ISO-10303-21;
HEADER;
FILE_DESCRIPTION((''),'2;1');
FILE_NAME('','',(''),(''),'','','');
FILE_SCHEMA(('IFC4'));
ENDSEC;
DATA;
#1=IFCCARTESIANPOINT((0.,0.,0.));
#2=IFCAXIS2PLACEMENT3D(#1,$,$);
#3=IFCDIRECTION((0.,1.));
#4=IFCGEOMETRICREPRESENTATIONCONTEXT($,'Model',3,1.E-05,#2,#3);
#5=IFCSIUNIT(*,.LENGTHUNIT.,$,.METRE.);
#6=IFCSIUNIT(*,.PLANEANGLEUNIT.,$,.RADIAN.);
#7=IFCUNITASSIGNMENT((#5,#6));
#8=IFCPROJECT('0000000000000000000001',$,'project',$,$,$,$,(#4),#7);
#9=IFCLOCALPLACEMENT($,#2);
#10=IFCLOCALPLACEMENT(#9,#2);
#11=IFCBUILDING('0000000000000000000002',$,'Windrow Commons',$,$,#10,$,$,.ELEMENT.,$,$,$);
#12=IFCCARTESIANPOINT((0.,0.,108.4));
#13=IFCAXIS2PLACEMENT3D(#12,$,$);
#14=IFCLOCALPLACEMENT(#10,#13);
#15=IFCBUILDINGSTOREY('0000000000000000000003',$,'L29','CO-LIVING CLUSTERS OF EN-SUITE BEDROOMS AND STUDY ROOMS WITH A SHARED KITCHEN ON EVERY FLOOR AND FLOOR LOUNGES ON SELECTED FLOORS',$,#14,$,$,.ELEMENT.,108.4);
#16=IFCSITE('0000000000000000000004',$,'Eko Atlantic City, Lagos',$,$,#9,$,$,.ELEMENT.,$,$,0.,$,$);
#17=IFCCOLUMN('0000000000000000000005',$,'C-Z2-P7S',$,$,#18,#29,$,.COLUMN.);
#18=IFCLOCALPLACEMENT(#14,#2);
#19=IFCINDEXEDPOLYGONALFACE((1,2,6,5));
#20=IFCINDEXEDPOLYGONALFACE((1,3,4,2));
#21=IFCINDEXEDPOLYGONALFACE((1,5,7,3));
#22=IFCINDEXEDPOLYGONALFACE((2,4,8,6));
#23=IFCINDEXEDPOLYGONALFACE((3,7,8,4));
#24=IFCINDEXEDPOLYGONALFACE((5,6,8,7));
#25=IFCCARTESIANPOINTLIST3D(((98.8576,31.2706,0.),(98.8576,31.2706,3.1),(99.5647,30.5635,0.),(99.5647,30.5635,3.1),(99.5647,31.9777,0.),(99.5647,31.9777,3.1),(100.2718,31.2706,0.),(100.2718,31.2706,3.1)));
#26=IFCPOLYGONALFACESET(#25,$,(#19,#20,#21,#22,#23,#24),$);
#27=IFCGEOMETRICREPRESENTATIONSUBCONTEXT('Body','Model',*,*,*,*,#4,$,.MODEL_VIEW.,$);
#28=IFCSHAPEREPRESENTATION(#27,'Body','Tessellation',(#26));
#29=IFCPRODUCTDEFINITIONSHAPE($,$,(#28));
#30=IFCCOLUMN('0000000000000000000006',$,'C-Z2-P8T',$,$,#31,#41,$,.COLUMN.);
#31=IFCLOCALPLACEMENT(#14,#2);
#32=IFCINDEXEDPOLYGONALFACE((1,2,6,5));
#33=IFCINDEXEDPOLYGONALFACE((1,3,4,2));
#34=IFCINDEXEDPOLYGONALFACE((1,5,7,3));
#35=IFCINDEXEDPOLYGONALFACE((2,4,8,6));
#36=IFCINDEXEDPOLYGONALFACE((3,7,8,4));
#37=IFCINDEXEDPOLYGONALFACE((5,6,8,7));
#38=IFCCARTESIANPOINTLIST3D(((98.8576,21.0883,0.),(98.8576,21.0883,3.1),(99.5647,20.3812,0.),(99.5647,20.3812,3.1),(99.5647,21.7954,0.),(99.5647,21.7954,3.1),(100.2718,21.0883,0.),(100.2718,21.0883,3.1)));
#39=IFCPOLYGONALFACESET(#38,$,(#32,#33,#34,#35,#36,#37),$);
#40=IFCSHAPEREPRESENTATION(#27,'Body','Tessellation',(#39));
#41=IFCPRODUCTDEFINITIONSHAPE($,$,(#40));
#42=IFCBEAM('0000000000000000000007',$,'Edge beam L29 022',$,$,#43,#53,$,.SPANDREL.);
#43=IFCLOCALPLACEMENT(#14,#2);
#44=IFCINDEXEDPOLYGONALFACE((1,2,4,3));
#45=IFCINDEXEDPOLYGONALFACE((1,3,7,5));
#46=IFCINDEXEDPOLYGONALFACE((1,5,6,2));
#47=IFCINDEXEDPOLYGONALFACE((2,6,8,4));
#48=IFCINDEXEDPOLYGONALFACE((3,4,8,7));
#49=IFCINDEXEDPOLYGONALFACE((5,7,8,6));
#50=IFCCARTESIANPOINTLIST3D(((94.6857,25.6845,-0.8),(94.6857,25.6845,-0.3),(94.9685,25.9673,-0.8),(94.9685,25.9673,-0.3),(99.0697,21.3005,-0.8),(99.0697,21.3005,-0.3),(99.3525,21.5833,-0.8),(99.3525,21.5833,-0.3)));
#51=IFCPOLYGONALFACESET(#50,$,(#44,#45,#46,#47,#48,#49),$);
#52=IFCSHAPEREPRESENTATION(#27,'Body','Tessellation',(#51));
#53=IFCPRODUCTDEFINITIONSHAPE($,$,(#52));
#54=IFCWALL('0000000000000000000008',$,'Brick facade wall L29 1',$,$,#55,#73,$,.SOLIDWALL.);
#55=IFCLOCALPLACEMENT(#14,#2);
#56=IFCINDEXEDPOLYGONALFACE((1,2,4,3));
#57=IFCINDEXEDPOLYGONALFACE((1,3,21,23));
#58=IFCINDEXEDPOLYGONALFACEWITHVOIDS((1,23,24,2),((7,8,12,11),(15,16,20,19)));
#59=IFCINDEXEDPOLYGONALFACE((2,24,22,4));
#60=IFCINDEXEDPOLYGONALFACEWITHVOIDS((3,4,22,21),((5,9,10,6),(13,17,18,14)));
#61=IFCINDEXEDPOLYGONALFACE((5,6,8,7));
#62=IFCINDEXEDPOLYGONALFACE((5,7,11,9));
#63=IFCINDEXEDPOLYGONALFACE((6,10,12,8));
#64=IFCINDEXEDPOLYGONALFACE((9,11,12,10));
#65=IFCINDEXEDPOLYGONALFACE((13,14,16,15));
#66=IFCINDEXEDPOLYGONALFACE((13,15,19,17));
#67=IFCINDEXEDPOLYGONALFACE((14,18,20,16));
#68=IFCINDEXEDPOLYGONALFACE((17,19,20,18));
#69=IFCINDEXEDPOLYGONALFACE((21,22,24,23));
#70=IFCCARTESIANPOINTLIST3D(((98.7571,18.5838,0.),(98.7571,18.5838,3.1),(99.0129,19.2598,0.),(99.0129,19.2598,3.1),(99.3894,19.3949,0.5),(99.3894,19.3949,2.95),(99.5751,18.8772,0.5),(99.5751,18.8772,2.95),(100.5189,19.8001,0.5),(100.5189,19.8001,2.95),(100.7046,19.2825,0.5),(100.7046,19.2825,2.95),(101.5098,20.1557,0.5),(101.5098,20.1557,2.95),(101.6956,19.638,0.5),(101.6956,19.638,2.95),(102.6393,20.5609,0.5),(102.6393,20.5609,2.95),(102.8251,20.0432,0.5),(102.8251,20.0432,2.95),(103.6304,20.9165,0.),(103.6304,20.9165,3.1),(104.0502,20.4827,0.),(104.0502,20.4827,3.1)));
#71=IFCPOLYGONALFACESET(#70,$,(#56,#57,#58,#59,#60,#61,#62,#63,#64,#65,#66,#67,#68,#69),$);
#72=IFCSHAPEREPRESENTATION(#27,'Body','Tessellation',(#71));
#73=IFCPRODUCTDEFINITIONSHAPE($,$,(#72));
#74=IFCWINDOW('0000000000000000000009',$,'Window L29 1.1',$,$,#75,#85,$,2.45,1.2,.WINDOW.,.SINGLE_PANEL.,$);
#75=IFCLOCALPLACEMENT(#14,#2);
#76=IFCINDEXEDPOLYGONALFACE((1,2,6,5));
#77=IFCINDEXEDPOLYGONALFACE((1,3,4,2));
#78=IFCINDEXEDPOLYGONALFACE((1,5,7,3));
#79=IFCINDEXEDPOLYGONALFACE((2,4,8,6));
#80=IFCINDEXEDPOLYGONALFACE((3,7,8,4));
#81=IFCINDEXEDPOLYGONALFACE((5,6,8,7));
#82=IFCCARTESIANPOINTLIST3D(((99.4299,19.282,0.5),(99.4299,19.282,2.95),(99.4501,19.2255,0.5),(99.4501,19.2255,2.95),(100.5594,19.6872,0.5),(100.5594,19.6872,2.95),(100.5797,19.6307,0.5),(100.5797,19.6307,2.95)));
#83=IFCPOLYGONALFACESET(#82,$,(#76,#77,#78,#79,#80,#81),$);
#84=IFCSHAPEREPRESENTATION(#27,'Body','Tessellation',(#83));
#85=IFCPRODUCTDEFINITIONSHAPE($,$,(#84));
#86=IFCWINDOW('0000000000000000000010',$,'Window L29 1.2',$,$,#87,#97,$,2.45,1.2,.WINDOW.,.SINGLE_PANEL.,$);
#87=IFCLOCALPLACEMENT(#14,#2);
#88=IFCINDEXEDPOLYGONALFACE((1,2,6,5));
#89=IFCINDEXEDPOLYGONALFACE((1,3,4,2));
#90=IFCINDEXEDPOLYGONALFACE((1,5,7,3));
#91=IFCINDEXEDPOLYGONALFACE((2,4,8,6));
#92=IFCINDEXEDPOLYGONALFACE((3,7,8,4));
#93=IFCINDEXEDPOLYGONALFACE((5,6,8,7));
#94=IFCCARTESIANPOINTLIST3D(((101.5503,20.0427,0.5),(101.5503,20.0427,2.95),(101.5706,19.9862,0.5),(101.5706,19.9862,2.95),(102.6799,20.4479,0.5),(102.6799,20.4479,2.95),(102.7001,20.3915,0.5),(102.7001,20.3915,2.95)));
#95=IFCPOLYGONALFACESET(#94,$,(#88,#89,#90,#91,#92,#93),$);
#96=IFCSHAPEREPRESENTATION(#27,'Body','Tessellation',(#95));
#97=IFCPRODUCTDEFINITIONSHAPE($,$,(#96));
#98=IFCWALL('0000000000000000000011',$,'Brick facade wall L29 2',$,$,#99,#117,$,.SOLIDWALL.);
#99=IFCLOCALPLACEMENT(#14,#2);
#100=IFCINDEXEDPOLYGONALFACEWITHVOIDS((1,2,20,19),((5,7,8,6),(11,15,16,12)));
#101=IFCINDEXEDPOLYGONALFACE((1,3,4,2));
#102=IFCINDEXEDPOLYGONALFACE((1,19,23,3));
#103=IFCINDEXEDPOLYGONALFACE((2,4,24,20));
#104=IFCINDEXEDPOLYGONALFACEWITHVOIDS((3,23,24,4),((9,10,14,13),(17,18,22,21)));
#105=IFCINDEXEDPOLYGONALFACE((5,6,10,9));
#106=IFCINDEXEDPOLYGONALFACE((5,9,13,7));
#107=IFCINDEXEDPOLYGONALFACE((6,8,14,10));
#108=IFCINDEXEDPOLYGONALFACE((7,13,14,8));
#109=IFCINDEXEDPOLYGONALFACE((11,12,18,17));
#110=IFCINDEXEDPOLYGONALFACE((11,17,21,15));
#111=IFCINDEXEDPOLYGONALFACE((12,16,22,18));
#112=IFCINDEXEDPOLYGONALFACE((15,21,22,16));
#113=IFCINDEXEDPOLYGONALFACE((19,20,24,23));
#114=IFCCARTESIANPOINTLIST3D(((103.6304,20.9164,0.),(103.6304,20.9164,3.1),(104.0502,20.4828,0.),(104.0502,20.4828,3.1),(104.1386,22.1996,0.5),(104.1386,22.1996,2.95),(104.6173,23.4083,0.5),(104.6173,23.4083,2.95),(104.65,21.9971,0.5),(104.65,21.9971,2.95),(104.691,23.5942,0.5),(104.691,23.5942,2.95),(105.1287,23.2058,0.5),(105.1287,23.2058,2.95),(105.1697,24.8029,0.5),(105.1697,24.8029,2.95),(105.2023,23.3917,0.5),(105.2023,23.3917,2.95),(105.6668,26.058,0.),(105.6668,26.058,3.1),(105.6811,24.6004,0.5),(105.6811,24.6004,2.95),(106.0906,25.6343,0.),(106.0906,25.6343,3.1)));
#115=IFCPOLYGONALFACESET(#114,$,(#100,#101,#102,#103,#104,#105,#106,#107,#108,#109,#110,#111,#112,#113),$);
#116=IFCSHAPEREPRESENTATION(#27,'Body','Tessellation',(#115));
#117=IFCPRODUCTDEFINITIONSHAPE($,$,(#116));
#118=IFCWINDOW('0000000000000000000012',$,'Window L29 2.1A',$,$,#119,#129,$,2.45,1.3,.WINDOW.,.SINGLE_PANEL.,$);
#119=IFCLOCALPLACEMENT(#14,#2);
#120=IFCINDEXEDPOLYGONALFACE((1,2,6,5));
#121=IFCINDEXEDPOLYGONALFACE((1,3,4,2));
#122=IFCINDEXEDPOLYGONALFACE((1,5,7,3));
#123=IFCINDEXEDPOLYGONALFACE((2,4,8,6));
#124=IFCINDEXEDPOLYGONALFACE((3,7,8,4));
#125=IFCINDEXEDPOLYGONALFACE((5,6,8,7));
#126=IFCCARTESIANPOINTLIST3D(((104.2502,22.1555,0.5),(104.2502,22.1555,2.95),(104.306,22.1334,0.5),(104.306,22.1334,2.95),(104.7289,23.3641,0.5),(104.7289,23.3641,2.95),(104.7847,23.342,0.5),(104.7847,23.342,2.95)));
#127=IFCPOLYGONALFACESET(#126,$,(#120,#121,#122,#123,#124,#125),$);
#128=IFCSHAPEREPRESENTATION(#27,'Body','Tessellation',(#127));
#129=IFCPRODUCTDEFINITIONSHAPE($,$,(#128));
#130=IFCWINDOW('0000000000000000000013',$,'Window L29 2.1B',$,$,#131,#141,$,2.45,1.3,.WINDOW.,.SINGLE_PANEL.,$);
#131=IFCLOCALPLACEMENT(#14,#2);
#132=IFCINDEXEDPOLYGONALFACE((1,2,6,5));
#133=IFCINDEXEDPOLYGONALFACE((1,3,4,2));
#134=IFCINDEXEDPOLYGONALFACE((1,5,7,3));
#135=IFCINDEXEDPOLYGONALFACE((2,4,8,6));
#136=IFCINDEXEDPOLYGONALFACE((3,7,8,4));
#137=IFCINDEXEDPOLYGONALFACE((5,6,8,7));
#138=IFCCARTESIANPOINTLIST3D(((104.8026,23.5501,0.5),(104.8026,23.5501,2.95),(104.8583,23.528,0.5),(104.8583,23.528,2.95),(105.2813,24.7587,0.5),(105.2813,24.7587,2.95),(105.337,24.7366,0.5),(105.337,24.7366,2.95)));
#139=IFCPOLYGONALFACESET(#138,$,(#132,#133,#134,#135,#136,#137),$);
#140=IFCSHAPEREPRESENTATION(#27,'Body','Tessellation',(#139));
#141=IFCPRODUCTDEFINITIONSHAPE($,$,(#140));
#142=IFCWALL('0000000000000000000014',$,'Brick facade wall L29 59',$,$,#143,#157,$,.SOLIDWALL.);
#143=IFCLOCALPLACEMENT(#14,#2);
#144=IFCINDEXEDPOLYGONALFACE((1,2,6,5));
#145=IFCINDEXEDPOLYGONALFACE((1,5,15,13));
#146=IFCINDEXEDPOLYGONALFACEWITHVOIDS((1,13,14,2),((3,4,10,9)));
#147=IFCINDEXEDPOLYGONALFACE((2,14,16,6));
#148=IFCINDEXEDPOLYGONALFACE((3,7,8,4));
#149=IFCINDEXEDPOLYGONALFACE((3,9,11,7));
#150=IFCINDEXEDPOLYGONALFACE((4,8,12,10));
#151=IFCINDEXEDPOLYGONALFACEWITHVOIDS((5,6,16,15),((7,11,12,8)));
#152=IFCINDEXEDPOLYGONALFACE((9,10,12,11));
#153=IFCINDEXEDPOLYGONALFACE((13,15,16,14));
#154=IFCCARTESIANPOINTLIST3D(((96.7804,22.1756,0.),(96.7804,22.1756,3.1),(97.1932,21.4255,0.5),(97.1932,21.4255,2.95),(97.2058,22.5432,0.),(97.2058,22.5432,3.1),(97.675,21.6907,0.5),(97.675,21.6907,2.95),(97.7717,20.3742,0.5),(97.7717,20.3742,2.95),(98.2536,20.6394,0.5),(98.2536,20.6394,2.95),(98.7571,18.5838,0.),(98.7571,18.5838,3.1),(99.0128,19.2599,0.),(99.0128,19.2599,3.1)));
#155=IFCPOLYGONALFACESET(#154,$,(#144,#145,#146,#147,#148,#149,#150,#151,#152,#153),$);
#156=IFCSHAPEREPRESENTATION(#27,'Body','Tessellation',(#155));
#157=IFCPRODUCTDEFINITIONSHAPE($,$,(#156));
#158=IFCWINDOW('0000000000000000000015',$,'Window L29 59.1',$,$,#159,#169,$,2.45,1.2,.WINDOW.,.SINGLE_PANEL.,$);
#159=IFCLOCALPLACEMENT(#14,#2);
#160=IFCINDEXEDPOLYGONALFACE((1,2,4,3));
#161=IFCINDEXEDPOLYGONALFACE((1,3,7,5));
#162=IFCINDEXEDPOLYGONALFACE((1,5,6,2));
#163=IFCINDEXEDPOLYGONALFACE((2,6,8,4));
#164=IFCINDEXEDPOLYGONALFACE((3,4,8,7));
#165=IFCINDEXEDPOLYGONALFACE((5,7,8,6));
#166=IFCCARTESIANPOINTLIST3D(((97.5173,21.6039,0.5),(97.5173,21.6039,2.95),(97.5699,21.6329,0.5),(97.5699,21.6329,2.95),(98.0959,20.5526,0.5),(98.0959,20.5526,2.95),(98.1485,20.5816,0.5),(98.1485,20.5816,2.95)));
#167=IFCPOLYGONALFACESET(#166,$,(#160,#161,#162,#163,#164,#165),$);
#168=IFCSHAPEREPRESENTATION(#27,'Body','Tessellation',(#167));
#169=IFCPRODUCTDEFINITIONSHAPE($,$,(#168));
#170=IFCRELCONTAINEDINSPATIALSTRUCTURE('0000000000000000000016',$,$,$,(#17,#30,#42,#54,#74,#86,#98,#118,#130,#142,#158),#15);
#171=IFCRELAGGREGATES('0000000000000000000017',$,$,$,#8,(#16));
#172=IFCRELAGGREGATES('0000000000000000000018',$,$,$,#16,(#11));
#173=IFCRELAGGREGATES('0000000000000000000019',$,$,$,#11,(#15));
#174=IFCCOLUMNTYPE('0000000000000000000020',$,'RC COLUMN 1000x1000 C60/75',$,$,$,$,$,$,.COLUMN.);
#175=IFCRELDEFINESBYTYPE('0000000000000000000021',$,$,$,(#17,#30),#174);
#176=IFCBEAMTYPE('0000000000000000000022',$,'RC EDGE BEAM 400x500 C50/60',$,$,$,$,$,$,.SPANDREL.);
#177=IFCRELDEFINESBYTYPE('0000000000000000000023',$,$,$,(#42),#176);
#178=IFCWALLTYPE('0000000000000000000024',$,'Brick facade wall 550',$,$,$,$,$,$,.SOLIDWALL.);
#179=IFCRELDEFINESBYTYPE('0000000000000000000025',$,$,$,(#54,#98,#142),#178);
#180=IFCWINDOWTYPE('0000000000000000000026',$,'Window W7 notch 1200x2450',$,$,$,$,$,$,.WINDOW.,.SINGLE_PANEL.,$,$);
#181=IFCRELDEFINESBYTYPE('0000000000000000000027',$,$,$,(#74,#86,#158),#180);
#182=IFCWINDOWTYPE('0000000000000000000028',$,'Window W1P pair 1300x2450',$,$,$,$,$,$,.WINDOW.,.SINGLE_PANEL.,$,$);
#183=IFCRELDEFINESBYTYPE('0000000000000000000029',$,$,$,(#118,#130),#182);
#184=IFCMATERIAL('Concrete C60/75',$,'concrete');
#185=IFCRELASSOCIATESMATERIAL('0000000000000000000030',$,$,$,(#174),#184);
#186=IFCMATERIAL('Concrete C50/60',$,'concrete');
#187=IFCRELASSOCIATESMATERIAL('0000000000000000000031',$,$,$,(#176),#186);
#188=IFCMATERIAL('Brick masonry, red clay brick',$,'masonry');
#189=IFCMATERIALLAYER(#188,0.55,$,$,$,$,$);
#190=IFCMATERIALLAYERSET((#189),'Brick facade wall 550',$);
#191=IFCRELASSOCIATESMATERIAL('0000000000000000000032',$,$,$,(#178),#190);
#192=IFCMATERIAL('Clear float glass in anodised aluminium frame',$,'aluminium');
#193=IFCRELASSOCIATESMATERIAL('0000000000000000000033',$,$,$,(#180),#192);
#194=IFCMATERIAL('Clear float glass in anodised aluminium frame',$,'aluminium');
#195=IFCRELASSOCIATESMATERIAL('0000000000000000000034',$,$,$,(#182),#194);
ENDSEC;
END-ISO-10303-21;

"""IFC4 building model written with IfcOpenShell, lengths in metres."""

from ifc_helpers import new_model, si_unit, direction, frame, frame_2d, origin, origin_2d, place, context, subcontext, project, spatial, polyline, rectangle, outline, extrude, material, layer, layer_set, material_profile, profile_set, type_object, element, fill, save


model = new_model("IFC4")

# Units and contexts
model_context = context("Model", 3, precision=1e-05, world=origin(), true_north=direction((0.0, 1.0)))
body_context = subcontext(model_context, "Body", "Model", "MODEL_VIEW")
ifc_project = project(units=[si_unit("LENGTHUNIT", "METRE"), si_unit("PLANEANGLEUNIT", "RADIAN")], contexts=[model_context])

# Site, building, storey
site_placement = place(None, origin())
site = spatial("IfcSite", under=ifc_project, at=site_placement, Name="Eko Atlantic City, Lagos", CompositionType="ELEMENT", RefElevation=0.0)
building_placement = place(site_placement, origin())
building = spatial("IfcBuilding", under=site, at=building_placement, Name="Windrow Commons", CompositionType="ELEMENT")
storey_placement = place(building_placement, frame((0.0, 0.0, 108.4)))
storey = spatial("IfcBuildingStorey", under=building, at=storey_placement, Name="L29", Description="CO-LIVING CLUSTERS OF EN-SUITE BEDROOMS AND STUDY ROOMS WITH A SHARED KITCHEN ON EVERY FLOOR AND FLOOR LOUNGES ON SELECTED FLOORS", CompositionType="ELEMENT", Elevation=108.4)

# Columns
ifc_material_1 = material(Name="Concrete C60/75", Category="concrete")
ifc_material_profile_1 = material_profile(ifc_material_1, rectangle(XDim=1.0, YDim=1.0, at=origin_2d()))
ifc_profile_set_1 = profile_set([ifc_material_profile_1], Name="Concrete C60/75")
column_type = type_object("IfcColumnType", Name="RC COLUMN 1000x1000 C60/75", PredefinedType="COLUMN", material=ifc_profile_set_1)
for number, where, z_axis, x_axis, name in (
    (1, (99.5647, 31.2706, 0.0), (0.0, 0.0, 1.0), (0.707107, -0.707107, 0.0), "C-Z2-P7S"),
    (2, (99.5647, 21.0883, 0.0), (0.0, 0.0, 1.0), (0.707107, -0.707107, 0.0), "C-Z2-P8T"),
):
    element("IfcColumn", number, at=place(storey_placement, frame(where, z_axis=z_axis, x_axis=x_axis)), inside=storey, type_object=column_type, Name=name, PredefinedType="COLUMN", context=body_context, shape_type="SweptSolid", body=[
        extrude(rectangle(XDim=1.0, YDim=1.0, at=origin_2d()), origin(), (0.0, 0.0, 1.0), 3.1),
    ])

# Beam
ifc_material_2 = material(Name="Concrete C50/60", Category="concrete")
ifc_material_profile_2 = material_profile(ifc_material_2, rectangle(XDim=0.4, YDim=0.5, at=origin_2d()))
ifc_profile_set_2 = profile_set([ifc_material_profile_2], Name="Concrete C50/60")
beam_type = type_object("IfcBeamType", Name="RC EDGE BEAM 400x500 C50/60", PredefinedType="SPANDREL", material=ifc_profile_set_2)
beam_placement = place(storey_placement, frame((99.2111, 21.4419, -0.55), z_axis=(-0.707107, 0.707107, 0.0), x_axis=(-0.707107, -0.707107, 0.0)))
element("IfcBeam", 3, at=beam_placement, inside=storey, type_object=beam_type, Name="Edge beam L29 022", PredefinedType="SPANDREL", context=body_context, shape_type="SweptSolid", body=[
    extrude(rectangle(XDim=0.4, YDim=0.5, at=origin_2d()), origin(), (0.0, 0.0, 1.0), 6.1999),
])

# Walls, openings, windows
ifc_material_3 = material(Name="Brick masonry, red clay brick", Category="masonry")
ifc_layer_1 = layer(ifc_material_3, 0.55)
ifc_layer_set_1 = layer_set([ifc_layer_1], Name="Brick facade wall 550")
wall_type_1 = type_object("IfcWallType", Name="Brick facade wall 550", PredefinedType="SOLIDWALL", material=ifc_layer_set_1)
wall_1_placement = place(storey_placement, frame((98.885, 18.9218, 0.0), z_axis=(0.0, 0.0, 1.0), x_axis=(0.941257, 0.337692, 0.0)))
wall_1 = element("IfcWall", 4, at=wall_1_placement, inside=storey, type_object=wall_type_1, Name="Brick facade wall L29 1", PredefinedType="SOLIDWALL", context=body_context, shape_type="SweptSolid", body=[
    extrude(outline(polyline([(-0.2345, -0.275), (5.3889, -0.275), (5.1402, 0.275), (0.2345, 0.275), (-0.2345, -0.275)])), origin(), (0.0, 0.0, 1.0), 3.1),
])
opening_1_placement = place(wall_1_placement, frame((0.6345, 0.0, 0.5)))
opening_1 = element("IfcOpeningElement", 5, at=opening_1_placement, cuts=wall_1, PredefinedType="OPENING", context=body_context, shape_type="SweptSolid", body=[
    extrude(rectangle(XDim=1.2, YDim=2.45, at=frame_2d((0.6, 1.225))), frame((0.0, 0.285, 0.0), z_axis=(0.0, -1.0, 0.0), x_axis=(1.0, 0.0, 0.0)), (0.0, 0.0, 1.0), 0.57),
])
opening_2_placement = place(wall_1_placement, frame((2.8873, 0.0, 0.5)))
opening_2 = element("IfcOpeningElement", 6, at=opening_2_placement, cuts=wall_1, PredefinedType="OPENING", context=body_context, shape_type="SweptSolid", body=[
    extrude(rectangle(XDim=1.2, YDim=2.45, at=frame_2d((0.6, 1.225))), frame((0.0, 0.285, 0.0), z_axis=(0.0, -1.0, 0.0), x_axis=(1.0, 0.0, 0.0)), (0.0, 0.0, 1.0), 0.57),
])
ifc_material_4 = material(Name="Clear float glass in anodised aluminium frame", Category="aluminium")
window_type_1 = type_object("IfcWindowType", Name="Window W7 notch 1200x2450", PartitioningType="SINGLE_PANEL", PredefinedType="WINDOW", material=ifc_material_4)
window_1_placement = place(opening_1_placement, origin())
window_1 = element("IfcWindow", 7, at=window_1_placement, inside=storey, type_object=window_type_1, Name="Window L29 1.1", OverallHeight=2.45, OverallWidth=1.2, PartitioningType="SINGLE_PANEL", PredefinedType="WINDOW", context=body_context, shape_type="SweptSolid", body=[
    extrude(rectangle(XDim=1.2, YDim=2.45, at=frame_2d((0.6, 1.225))), frame((0.0, 0.155, 0.0), z_axis=(0.0, -1.0, 0.0), x_axis=(1.0, 0.0, 0.0)), (0.0, 0.0, 1.0), 0.06),
])
fill(opening_1, window_1)
window_2_placement = place(opening_2_placement, origin())
window_2 = element("IfcWindow", 8, at=window_2_placement, inside=storey, type_object=window_type_1, Name="Window L29 1.2", OverallHeight=2.45, OverallWidth=1.2, PartitioningType="SINGLE_PANEL", PredefinedType="WINDOW", context=body_context, shape_type="SweptSolid", body=[
    extrude(rectangle(XDim=1.2, YDim=2.45, at=frame_2d((0.6, 1.225))), frame((0.0, 0.155, 0.0), z_axis=(0.0, -1.0, 0.0), x_axis=(1.0, 0.0, 0.0)), (0.0, 0.0, 1.0), 0.06),
])
fill(opening_2, window_2)
wall_2_placement = place(storey_placement, frame((103.8403, 20.6996, 0.0), z_axis=(0.0, 0.0, 1.0), x_axis=(0.368237, 0.929732, 0.0)))
wall_2 = element("IfcWall", 9, at=wall_2_placement, inside=storey, type_object=wall_type_1, Name="Brick facade wall L29 2", PredefinedType="SOLIDWALL", context=body_context, shape_type="SweptSolid", body=[
    extrude(outline(polyline([(-0.1243, -0.275), (5.4166, -0.275), (5.6545, 0.275), (0.1243, 0.275), (-0.1243, -0.275)])), origin(), (0.0, 0.0, 1.0), 3.1),
])
opening_3_placement = place(wall_2_placement, frame((1.5045, 0.0, 0.5)))
opening_3 = element("IfcOpeningElement", 10, at=opening_3_placement, cuts=wall_2, PredefinedType="OPENING", context=body_context, shape_type="SweptSolid", body=[
    extrude(rectangle(XDim=1.3, YDim=2.45, at=frame_2d((0.65, 1.225))), frame((0.0, 0.285, 0.0), z_axis=(0.0, -1.0, 0.0), x_axis=(1.0, 0.0, 0.0)), (0.0, 0.0, 1.0), 0.57),
])
opening_4_placement = place(wall_2_placement, frame((3.0045, 0.0, 0.5)))
opening_4 = element("IfcOpeningElement", 11, at=opening_4_placement, cuts=wall_2, PredefinedType="OPENING", context=body_context, shape_type="SweptSolid", body=[
    extrude(rectangle(XDim=1.3, YDim=2.45, at=frame_2d((0.65, 1.225))), frame((0.0, 0.285, 0.0), z_axis=(0.0, -1.0, 0.0), x_axis=(1.0, 0.0, 0.0)), (0.0, 0.0, 1.0), 0.57),
])
ifc_material_5 = material(Name="Clear float glass in anodised aluminium frame", Category="aluminium")
window_type_2 = type_object("IfcWindowType", Name="Window W1P pair 1300x2450", PartitioningType="SINGLE_PANEL", PredefinedType="WINDOW", material=ifc_material_5)
window_3_placement = place(opening_3_placement, origin())
window_3 = element("IfcWindow", 12, at=window_3_placement, inside=storey, type_object=window_type_2, Name="Window L29 2.1A", OverallHeight=2.45, OverallWidth=1.3, PartitioningType="SINGLE_PANEL", PredefinedType="WINDOW", context=body_context, shape_type="SweptSolid", body=[
    extrude(rectangle(XDim=1.3, YDim=2.45, at=frame_2d((0.65, 1.225))), frame((0.0, 0.155, 0.0), z_axis=(0.0, -1.0, 0.0), x_axis=(1.0, 0.0, 0.0)), (0.0, 0.0, 1.0), 0.06),
])
fill(opening_3, window_3)
window_4_placement = place(opening_4_placement, origin())
window_4 = element("IfcWindow", 13, at=window_4_placement, inside=storey, type_object=window_type_2, Name="Window L29 2.1B", OverallHeight=2.45, OverallWidth=1.3, PartitioningType="SINGLE_PANEL", PredefinedType="WINDOW", context=body_context, shape_type="SweptSolid", body=[
    extrude(rectangle(XDim=1.3, YDim=2.45, at=frame_2d((0.65, 1.225))), frame((0.0, 0.155, 0.0), z_axis=(0.0, -1.0, 0.0), x_axis=(1.0, 0.0, 0.0)), (0.0, 0.0, 1.0), 0.06),
])
fill(opening_4, window_4)

# Wall, opening, window
wall_3_placement = place(storey_placement, frame((96.9931, 22.3594, 0.0), z_axis=(0.0, 0.0, 1.0), x_axis=(0.482157, -0.876085, 0.0)))
wall_3 = element("IfcWall", 14, at=wall_3_placement, inside=storey, type_object=wall_type_1, Name="Brick facade wall L29 59", PredefinedType="SOLIDWALL", context=body_context, shape_type="SweptSolid", body=[
    extrude(outline(polyline([(0.0585, -0.275), (4.1583, -0.275), (3.6893, 0.275), (-0.0585, 0.275), (0.0585, -0.275)])), origin(), (0.0, 0.0, 1.0), 3.1),
])
opening_5_placement = place(wall_3_placement, frame((0.9146, 0.0, 0.5)))
opening_5 = element("IfcOpeningElement", 15, at=opening_5_placement, cuts=wall_3, PredefinedType="OPENING", context=body_context, shape_type="SweptSolid", body=[
    extrude(rectangle(XDim=1.2, YDim=2.45, at=frame_2d((0.6, 1.225))), frame((0.0, 0.285, 0.0), z_axis=(0.0, -1.0, 0.0), x_axis=(1.0, 0.0, 0.0)), (0.0, 0.0, 1.0), 0.57),
])
window_5_placement = place(opening_5_placement, origin())
window_5 = element("IfcWindow", 16, at=window_5_placement, inside=storey, type_object=window_type_1, Name="Window L29 59.1", OverallHeight=2.45, OverallWidth=1.2, PartitioningType="SINGLE_PANEL", PredefinedType="WINDOW", context=body_context, shape_type="SweptSolid", body=[
    extrude(rectangle(XDim=1.2, YDim=2.45, at=frame_2d((0.6, 1.225))), frame((0.0, 0.155, 0.0), z_axis=(0.0, -1.0, 0.0), x_axis=(1.0, 0.0, 0.0)), (0.0, 0.0, 1.0), 0.06),
])
fill(opening_5, window_5)

save(model, "model.ifc")
